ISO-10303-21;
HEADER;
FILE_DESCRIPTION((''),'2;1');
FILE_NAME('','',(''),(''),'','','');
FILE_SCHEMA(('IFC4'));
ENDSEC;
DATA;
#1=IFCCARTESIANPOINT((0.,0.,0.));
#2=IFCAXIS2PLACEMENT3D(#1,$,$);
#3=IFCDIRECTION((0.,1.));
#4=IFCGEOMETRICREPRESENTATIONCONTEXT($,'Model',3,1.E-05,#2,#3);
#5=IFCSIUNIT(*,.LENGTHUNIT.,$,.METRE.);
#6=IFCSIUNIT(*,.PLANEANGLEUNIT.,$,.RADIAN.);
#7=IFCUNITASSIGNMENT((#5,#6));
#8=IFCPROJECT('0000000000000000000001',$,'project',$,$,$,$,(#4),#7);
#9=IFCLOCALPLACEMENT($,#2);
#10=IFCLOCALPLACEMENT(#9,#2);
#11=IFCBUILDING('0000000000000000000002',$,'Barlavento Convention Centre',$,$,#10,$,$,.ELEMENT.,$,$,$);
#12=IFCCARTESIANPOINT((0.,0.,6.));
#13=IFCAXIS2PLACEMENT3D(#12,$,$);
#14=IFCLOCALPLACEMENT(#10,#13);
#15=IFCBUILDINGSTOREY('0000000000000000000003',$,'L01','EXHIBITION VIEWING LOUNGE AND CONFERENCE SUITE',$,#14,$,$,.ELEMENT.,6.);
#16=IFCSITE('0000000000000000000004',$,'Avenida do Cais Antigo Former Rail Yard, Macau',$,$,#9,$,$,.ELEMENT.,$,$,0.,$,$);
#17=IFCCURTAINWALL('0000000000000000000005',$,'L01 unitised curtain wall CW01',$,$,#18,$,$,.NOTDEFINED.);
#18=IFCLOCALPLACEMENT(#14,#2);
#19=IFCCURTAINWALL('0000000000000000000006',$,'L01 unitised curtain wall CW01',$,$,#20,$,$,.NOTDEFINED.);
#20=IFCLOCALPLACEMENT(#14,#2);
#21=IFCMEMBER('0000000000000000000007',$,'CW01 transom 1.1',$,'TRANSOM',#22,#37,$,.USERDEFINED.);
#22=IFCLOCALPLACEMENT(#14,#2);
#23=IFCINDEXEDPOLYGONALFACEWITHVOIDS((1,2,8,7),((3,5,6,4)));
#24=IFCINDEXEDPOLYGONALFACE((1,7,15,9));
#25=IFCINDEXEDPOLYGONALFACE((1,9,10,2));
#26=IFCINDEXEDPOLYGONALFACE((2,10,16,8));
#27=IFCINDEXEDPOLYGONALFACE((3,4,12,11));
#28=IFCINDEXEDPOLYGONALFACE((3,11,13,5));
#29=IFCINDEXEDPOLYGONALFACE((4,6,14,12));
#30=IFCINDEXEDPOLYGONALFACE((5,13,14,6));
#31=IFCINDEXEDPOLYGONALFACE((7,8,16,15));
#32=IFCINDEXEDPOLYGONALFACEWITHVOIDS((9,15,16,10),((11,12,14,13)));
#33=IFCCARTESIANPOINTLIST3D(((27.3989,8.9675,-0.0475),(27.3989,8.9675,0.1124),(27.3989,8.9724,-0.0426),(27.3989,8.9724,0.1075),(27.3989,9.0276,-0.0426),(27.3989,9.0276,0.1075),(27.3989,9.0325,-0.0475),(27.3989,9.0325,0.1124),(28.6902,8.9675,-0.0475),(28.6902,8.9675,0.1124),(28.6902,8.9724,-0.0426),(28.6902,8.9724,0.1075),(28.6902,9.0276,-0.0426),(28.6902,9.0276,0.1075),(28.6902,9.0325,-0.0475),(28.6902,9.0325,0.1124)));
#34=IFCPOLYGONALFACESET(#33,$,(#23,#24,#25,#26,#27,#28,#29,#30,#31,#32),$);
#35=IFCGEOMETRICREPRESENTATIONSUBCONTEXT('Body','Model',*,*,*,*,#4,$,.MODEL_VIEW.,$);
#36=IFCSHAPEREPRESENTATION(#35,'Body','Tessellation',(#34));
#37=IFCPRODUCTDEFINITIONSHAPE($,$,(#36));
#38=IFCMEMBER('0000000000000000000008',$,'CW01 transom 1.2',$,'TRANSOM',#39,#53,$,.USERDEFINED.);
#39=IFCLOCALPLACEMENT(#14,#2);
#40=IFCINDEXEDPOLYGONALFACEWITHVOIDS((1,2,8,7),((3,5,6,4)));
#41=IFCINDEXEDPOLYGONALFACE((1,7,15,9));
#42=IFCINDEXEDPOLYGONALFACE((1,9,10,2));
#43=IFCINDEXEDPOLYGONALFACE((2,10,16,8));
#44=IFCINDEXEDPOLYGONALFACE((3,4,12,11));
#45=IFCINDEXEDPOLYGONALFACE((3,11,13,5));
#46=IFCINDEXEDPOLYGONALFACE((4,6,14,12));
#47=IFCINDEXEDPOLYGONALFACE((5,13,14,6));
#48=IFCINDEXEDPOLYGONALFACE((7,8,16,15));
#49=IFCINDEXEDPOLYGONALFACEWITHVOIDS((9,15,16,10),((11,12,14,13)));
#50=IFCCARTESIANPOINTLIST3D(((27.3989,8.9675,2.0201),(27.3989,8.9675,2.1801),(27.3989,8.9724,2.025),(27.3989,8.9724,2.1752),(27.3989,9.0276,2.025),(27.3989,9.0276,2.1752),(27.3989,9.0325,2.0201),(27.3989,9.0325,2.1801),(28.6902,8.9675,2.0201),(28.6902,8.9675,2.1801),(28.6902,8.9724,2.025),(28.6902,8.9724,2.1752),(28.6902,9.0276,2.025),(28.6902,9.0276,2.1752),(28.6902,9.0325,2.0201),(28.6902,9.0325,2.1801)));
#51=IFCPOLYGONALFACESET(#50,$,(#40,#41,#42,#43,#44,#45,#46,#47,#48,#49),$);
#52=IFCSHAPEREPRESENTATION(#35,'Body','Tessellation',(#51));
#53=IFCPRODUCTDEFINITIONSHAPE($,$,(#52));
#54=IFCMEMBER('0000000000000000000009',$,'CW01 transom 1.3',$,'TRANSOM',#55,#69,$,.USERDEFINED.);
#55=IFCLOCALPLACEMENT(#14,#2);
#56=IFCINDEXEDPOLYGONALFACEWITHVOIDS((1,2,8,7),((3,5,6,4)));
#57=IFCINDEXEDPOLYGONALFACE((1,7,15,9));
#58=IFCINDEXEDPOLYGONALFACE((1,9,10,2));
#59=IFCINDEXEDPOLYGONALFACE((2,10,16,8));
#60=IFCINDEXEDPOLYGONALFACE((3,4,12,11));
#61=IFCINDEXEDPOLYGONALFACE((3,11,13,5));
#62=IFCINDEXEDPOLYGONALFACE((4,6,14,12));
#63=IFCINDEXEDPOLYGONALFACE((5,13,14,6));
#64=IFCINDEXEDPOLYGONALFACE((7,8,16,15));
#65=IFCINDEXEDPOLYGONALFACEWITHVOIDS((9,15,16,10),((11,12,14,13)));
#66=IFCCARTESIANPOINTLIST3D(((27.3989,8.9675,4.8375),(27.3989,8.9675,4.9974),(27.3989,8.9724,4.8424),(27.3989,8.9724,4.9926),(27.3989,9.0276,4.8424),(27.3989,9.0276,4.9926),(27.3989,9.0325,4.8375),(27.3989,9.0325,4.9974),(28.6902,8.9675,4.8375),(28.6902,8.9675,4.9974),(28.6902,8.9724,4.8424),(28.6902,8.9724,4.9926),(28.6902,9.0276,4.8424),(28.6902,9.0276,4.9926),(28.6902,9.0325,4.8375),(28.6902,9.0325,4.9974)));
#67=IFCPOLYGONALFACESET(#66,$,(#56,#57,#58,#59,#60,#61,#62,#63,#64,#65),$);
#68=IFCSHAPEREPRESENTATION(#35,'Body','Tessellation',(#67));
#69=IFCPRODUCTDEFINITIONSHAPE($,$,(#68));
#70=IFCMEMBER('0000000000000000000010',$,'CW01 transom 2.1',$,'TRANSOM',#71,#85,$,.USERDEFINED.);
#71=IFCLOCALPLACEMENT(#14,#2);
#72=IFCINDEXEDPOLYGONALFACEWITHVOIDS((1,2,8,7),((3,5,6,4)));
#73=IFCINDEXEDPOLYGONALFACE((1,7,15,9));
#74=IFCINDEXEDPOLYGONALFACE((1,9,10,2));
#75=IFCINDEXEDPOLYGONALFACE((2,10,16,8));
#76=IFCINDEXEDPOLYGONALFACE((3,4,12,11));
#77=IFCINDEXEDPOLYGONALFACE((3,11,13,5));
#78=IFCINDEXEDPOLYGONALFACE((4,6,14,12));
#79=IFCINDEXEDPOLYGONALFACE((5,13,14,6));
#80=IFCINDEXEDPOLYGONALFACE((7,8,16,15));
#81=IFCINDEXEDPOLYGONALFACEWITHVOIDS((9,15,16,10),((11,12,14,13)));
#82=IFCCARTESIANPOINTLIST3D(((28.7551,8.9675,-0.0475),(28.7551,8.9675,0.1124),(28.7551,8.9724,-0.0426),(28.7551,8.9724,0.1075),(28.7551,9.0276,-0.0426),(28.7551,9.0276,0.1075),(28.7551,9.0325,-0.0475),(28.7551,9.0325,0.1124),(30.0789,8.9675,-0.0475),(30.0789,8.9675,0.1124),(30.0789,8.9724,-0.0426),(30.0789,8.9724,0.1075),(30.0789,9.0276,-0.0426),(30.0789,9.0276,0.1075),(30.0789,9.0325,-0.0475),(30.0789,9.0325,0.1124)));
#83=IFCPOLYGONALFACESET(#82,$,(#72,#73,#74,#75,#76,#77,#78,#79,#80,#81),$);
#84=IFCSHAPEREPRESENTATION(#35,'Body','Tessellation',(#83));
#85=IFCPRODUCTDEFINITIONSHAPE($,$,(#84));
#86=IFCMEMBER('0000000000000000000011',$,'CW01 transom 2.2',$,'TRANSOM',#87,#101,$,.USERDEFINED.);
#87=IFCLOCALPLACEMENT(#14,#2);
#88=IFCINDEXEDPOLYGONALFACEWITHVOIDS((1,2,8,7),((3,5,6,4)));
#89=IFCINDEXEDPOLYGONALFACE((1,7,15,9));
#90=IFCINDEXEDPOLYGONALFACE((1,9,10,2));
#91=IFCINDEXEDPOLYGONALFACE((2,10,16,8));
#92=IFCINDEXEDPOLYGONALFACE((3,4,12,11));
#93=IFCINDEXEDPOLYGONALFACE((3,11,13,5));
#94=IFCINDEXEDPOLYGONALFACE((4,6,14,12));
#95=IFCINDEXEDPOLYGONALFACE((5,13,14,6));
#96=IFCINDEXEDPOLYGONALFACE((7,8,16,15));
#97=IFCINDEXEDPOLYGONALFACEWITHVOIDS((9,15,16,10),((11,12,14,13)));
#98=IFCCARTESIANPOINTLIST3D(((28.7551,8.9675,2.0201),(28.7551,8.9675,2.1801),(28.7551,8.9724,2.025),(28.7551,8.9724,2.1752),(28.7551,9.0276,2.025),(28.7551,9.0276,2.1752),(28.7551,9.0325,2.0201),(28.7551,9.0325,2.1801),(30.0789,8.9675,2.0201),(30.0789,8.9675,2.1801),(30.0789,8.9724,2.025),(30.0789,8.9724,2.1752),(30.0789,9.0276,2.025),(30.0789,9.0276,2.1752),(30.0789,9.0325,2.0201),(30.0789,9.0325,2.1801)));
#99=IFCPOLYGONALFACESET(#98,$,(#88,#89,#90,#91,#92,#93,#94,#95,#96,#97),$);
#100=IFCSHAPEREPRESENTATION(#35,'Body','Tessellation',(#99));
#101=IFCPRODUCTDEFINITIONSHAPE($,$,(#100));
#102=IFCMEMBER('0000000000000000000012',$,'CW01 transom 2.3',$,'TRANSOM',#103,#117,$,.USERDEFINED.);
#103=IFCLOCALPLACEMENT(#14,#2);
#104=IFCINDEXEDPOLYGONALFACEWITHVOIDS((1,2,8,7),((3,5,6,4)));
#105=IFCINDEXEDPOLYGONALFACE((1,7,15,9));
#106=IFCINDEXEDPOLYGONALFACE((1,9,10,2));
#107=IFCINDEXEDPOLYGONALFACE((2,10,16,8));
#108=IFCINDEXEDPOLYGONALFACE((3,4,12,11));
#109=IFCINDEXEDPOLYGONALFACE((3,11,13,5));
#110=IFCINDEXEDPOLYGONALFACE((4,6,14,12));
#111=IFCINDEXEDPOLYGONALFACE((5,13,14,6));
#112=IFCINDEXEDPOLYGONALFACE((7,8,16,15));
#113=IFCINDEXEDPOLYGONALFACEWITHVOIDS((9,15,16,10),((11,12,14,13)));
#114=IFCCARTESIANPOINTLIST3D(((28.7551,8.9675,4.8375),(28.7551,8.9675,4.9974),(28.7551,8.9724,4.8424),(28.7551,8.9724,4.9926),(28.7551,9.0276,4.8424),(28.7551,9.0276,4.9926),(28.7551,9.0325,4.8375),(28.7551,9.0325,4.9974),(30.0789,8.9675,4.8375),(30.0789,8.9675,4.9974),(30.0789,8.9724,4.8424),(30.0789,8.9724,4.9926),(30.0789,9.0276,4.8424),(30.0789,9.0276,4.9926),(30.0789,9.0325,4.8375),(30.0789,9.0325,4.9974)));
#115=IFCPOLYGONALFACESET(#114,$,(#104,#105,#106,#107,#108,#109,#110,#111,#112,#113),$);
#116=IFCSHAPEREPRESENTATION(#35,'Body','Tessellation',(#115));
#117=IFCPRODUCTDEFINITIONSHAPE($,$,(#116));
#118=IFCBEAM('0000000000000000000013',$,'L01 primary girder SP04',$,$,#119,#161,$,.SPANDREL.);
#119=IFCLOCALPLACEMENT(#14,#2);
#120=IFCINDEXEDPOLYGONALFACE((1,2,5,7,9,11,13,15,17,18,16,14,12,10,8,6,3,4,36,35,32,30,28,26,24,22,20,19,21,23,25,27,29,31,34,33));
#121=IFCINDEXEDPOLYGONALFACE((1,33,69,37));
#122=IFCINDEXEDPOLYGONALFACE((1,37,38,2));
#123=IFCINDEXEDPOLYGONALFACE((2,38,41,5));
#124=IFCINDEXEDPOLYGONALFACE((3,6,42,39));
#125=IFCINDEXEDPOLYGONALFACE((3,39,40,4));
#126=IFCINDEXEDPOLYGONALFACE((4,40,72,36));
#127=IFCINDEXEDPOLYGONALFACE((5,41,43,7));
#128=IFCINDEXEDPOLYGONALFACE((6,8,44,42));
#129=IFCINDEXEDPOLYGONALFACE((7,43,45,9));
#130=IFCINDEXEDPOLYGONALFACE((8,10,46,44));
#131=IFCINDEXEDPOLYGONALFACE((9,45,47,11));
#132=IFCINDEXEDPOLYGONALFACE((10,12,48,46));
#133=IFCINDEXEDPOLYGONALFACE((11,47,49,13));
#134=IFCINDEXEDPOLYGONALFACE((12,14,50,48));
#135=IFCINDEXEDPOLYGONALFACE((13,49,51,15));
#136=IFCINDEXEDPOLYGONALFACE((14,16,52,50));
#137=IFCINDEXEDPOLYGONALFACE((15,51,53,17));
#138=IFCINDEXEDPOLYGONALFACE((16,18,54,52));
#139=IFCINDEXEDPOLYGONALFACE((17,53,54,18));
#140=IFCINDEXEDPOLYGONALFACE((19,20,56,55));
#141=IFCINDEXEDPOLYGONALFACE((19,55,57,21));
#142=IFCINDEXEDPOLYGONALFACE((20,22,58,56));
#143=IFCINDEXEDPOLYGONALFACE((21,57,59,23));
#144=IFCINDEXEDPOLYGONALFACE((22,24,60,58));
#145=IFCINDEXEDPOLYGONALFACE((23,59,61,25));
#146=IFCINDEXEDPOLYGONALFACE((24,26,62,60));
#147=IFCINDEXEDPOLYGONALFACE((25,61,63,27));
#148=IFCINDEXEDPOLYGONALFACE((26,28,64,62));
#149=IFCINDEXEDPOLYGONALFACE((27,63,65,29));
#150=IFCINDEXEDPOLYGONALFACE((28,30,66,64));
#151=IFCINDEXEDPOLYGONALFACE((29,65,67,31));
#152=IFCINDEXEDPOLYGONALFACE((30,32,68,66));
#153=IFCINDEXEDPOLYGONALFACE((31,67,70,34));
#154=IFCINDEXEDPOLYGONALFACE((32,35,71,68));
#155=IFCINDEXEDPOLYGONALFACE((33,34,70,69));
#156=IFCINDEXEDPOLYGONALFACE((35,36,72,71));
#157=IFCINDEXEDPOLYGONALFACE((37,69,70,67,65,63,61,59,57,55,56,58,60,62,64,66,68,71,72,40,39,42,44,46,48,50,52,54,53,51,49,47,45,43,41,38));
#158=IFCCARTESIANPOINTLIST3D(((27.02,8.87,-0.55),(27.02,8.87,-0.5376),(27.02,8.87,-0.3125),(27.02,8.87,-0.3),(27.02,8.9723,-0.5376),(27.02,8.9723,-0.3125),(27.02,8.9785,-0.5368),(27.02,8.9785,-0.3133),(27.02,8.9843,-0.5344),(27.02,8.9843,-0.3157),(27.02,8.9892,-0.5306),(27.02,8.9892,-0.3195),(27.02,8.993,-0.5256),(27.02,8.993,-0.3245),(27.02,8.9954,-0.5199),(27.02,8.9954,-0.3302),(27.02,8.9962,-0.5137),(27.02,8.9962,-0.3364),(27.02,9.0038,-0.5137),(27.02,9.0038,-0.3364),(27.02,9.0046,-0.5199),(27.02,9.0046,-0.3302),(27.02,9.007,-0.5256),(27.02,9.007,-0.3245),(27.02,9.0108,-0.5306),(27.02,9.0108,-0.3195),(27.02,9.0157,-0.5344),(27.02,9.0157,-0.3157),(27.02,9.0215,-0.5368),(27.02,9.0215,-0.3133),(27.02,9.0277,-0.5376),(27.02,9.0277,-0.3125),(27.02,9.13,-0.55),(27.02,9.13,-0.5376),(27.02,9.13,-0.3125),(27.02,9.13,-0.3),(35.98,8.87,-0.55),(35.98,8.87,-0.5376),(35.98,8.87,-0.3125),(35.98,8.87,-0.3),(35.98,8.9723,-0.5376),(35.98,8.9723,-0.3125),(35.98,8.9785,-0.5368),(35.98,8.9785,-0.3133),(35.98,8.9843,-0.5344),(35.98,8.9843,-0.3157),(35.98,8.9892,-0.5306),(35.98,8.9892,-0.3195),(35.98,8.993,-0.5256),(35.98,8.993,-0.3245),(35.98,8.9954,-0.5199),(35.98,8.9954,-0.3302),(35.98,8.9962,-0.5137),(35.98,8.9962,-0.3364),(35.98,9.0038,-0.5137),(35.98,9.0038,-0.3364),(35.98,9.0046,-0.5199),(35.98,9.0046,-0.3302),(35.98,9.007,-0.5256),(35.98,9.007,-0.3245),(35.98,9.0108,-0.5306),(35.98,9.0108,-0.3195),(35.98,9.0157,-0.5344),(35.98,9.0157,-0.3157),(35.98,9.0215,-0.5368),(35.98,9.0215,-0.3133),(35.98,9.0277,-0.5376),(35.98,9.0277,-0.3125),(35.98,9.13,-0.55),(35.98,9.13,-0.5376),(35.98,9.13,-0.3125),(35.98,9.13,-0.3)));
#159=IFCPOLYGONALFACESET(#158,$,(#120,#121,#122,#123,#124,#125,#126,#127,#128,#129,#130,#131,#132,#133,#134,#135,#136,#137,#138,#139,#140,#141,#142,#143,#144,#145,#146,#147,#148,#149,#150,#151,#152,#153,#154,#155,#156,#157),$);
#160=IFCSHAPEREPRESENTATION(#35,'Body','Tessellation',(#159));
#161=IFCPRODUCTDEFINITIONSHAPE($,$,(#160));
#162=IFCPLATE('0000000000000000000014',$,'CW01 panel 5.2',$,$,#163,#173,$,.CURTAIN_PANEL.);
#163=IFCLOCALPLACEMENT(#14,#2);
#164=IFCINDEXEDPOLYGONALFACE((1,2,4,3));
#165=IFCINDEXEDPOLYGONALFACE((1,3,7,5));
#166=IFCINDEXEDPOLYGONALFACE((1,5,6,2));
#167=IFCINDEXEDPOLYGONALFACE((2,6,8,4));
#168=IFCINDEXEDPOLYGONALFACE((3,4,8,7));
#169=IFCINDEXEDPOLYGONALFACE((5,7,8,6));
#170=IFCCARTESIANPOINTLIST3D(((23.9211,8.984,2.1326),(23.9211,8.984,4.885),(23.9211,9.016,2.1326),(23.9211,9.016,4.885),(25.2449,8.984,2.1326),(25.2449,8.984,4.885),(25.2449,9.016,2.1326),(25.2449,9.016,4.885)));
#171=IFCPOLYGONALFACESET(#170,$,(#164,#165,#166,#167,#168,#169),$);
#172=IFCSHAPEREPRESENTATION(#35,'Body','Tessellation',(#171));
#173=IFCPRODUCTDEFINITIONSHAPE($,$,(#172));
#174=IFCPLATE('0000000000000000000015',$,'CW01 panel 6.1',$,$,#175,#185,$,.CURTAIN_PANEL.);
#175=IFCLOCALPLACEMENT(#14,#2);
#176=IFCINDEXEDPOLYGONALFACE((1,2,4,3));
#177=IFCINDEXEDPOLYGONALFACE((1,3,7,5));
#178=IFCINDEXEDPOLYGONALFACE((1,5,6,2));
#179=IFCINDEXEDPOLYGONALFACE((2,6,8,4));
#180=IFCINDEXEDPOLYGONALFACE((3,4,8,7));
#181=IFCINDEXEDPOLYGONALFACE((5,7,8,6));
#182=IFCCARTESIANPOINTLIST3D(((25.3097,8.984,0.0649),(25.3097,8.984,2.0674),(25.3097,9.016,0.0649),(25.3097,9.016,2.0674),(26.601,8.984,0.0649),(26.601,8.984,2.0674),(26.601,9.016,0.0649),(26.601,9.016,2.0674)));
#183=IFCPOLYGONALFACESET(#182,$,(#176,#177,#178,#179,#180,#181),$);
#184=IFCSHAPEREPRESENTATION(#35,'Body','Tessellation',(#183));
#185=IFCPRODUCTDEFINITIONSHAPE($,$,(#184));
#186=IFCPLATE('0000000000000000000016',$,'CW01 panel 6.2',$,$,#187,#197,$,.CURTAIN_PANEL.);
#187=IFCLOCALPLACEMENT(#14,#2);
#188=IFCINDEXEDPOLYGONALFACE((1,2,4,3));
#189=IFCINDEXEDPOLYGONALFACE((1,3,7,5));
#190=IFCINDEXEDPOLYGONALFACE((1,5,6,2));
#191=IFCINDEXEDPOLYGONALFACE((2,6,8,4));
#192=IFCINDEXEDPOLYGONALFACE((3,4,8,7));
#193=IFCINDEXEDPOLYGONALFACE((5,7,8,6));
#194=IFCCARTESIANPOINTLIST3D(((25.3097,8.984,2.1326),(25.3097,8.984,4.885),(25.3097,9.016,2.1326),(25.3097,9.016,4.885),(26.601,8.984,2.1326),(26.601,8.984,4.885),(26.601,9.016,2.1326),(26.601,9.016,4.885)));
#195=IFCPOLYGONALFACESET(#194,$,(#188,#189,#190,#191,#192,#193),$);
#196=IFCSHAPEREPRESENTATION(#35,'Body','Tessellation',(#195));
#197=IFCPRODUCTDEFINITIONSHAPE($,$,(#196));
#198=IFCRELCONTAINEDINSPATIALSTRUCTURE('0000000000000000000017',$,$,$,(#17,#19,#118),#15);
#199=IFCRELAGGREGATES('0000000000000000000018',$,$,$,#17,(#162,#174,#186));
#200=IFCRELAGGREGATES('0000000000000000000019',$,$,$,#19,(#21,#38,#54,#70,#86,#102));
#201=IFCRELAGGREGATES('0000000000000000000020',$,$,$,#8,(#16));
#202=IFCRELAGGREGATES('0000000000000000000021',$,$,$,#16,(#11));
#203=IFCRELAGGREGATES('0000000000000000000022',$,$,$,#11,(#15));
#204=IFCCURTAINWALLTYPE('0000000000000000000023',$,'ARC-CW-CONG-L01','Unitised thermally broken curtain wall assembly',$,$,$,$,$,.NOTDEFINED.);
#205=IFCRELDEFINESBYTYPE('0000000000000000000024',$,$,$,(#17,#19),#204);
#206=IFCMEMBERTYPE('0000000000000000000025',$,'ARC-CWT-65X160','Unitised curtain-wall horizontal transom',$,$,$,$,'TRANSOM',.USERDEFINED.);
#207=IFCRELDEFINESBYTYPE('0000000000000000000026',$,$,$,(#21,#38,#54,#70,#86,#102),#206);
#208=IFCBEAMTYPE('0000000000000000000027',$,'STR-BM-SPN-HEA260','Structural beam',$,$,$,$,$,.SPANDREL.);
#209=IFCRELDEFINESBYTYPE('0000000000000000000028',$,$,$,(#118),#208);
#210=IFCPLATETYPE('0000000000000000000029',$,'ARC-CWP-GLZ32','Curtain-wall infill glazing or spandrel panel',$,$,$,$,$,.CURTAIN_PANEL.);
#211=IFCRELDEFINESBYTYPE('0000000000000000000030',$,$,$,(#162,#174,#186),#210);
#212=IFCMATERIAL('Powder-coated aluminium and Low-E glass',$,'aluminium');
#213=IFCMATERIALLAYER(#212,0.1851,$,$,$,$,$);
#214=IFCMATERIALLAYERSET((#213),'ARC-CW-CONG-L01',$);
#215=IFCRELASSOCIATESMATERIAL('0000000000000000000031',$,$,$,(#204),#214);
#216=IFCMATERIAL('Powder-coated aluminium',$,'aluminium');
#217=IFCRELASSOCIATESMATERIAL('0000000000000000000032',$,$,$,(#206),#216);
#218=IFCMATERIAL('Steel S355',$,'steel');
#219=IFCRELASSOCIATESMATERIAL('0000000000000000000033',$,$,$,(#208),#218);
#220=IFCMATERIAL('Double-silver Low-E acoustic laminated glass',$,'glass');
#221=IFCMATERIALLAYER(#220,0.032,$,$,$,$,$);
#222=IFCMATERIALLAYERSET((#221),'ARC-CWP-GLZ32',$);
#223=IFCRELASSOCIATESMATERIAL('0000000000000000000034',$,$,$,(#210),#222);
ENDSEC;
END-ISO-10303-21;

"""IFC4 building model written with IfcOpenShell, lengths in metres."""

from ifc_helpers import new_model, si_unit, direction, frame, origin, origin_2d, place, context, subcontext, project, spatial, rectangle, hollow_rectangle, i_section, extrude, material, layer, layer_set, material_profile, profile_set, type_object, element, aggregate, save


model = new_model("IFC4")

# Units and contexts
model_context = context("Model", 3, precision=1e-05, world=origin(), true_north=direction((0.0, 1.0)))
body_context = subcontext(model_context, "Body", "Model", "MODEL_VIEW")
ifc_project = project(units=[si_unit("LENGTHUNIT", "METRE"), si_unit("PLANEANGLEUNIT", "RADIAN")], contexts=[model_context])

# Site, building, storey
site_placement = place(None, origin())
site = spatial("IfcSite", under=ifc_project, at=site_placement, Name="Avenida do Cais Antigo Former Rail Yard, Macau", CompositionType="ELEMENT", RefElevation=0.0)
building_placement = place(site_placement, origin())
building = spatial("IfcBuilding", under=site, at=building_placement, Name="Barlavento Convention Centre", CompositionType="ELEMENT")
storey_placement = place(building_placement, frame((0.0, 0.0, 6.0)))
storey = spatial("IfcBuildingStorey", under=building, at=storey_placement, Name="L01", Description="EXHIBITION VIEWING LOUNGE AND CONFERENCE SUITE", CompositionType="ELEMENT", Elevation=6.0)

# Curtain walls
ifc_material_1 = material(Name="Powder-coated aluminium and Low-E glass", Category="aluminium")
ifc_layer_1 = layer(ifc_material_1, 0.1851)
ifc_layer_set_1 = layer_set([ifc_layer_1], Name="ARC-CW-CONG-L01")
curtain_wall_type = type_object("IfcCurtainWallType", Name="ARC-CW-CONG-L01", Description="Unitised thermally broken curtain wall assembly", PredefinedType="NOTDEFINED", material=ifc_layer_set_1)
curtain_wall_1_placement = place(storey_placement, origin())
curtain_wall_1 = element("IfcCurtainWall", 1, at=curtain_wall_1_placement, inside=storey, type_object=curtain_wall_type, Name="L01 unitised curtain wall CW01", PredefinedType="NOTDEFINED")
ifc_material_2 = material(Name="Powder-coated aluminium", Category="aluminium")
curtain_wall_2_placement = place(storey_placement, origin())
curtain_wall_2 = element("IfcCurtainWall", 2, at=curtain_wall_2_placement, inside=storey, type_object=curtain_wall_type, Name="L01 unitised curtain wall CW01", PredefinedType="NOTDEFINED")

# Members
ifc_material_profile_1 = material_profile(ifc_material_2, hollow_rectangle(XDim=0.0649, YDim=0.1599, WallThickness=0.0049, at=origin_2d()), Name="AL-TRAN 65x160x5")
ifc_profile_set_1 = profile_set([ifc_material_profile_1], Name="Powder-coated aluminium")
member_type_1 = type_object("IfcMemberType", Name="ARC-CWT-65X160", Description="Unitised curtain-wall horizontal transom", ElementType="TRANSOM", PredefinedType="USERDEFINED", material=ifc_profile_set_1)
member_1_placement = place(storey_placement, frame((27.3989, 9.0, 0.0325), z_axis=(1.0, 0.0, 0.0), x_axis=(0.0, 1.0, 0.0)))
member_1 = element("IfcMember", 3, at=member_1_placement, type_object=member_type_1, Name="CW01 transom 1.1", ObjectType="TRANSOM", PredefinedType="USERDEFINED", context=body_context, shape_type="SweptSolid", body=[
    extrude(hollow_rectangle(XDim=0.0649, YDim=0.1599, WallThickness=0.0049, at=origin_2d()), origin(), (0.0, 0.0, 1.0), 1.2913),
])
member_2_placement = place(storey_placement, frame((27.3989, 9.0, 2.1001), z_axis=(1.0, 0.0, 0.0), x_axis=(0.0, 1.0, 0.0)))
member_2 = element("IfcMember", 4, at=member_2_placement, type_object=member_type_1, Name="CW01 transom 1.2", ObjectType="TRANSOM", PredefinedType="USERDEFINED", context=body_context, shape_type="SweptSolid", body=[
    extrude(hollow_rectangle(XDim=0.0649, YDim=0.1599, WallThickness=0.0049, at=origin_2d()), origin(), (0.0, 0.0, 1.0), 1.2913),
])
member_3_placement = place(storey_placement, frame((27.3989, 9.0, 4.9175), z_axis=(1.0, 0.0, 0.0), x_axis=(0.0, 1.0, 0.0)))
member_3 = element("IfcMember", 5, at=member_3_placement, type_object=member_type_1, Name="CW01 transom 1.3", ObjectType="TRANSOM", PredefinedType="USERDEFINED", context=body_context, shape_type="SweptSolid", body=[
    extrude(hollow_rectangle(XDim=0.0649, YDim=0.1599, WallThickness=0.0049, at=origin_2d()), origin(), (0.0, 0.0, 1.0), 1.2913),
])
member_4_placement = place(storey_placement, frame((28.7551, 9.0, 0.0325), z_axis=(1.0, 0.0, 0.0), x_axis=(0.0, 1.0, 0.0)))
member_4 = element("IfcMember", 6, at=member_4_placement, type_object=member_type_1, Name="CW01 transom 2.1", ObjectType="TRANSOM", PredefinedType="USERDEFINED", context=body_context, shape_type="SweptSolid", body=[
    extrude(hollow_rectangle(XDim=0.0649, YDim=0.1599, WallThickness=0.0049, at=origin_2d()), origin(), (0.0, 0.0, 1.0), 1.3237),
])
member_5_placement = place(storey_placement, frame((28.7551, 9.0, 2.1001), z_axis=(1.0, 0.0, 0.0), x_axis=(0.0, 1.0, 0.0)))
member_5 = element("IfcMember", 7, at=member_5_placement, type_object=member_type_1, Name="CW01 transom 2.2", ObjectType="TRANSOM", PredefinedType="USERDEFINED", context=body_context, shape_type="SweptSolid", body=[
    extrude(hollow_rectangle(XDim=0.0649, YDim=0.1599, WallThickness=0.0049, at=origin_2d()), origin(), (0.0, 0.0, 1.0), 1.3237),
])
member_6_placement = place(storey_placement, frame((28.7551, 9.0, 4.9175), z_axis=(1.0, 0.0, 0.0), x_axis=(0.0, 1.0, 0.0)))
member_6 = element("IfcMember", 8, at=member_6_placement, type_object=member_type_1, Name="CW01 transom 2.3", ObjectType="TRANSOM", PredefinedType="USERDEFINED", context=body_context, shape_type="SweptSolid", body=[
    extrude(hollow_rectangle(XDim=0.0649, YDim=0.1599, WallThickness=0.0049, at=origin_2d()), origin(), (0.0, 0.0, 1.0), 1.3237),
])

# Beam
ifc_material_3 = material(Name="Steel S355", Category="steel")
ifc_material_profile_2 = material_profile(ifc_material_3, i_section(OverallWidth=0.26, OverallDepth=0.25, WebThickness=0.0076, FlangeThickness=0.0125, FilletRadius=0.0239, at=origin_2d()), Name="HEA 260")
ifc_profile_set_2 = profile_set([ifc_material_profile_2], Name="Steel S355")
beam_type = type_object("IfcBeamType", Name="STR-BM-SPN-HEA260", Description="Structural beam", PredefinedType="SPANDREL", material=ifc_profile_set_2)
beam_placement = place(storey_placement, frame((27.02, 9.0, -0.425), z_axis=(1.0, 0.0, 0.0), x_axis=(0.0, 1.0, 0.0)))
element("IfcBeam", 9, at=beam_placement, inside=storey, type_object=beam_type, Name="L01 primary girder SP04", PredefinedType="SPANDREL", context=body_context, shape_type="SweptSolid", body=[
    extrude(i_section(OverallWidth=0.26, OverallDepth=0.25, WebThickness=0.0076, FlangeThickness=0.0125, FilletRadius=0.0239, at=origin_2d()), origin(), (0.0, 0.0, 1.0), 8.96),
])

# Plates
ifc_material_4 = material(Name="Double-silver Low-E acoustic laminated glass", Category="glass")
ifc_layer_2 = layer(ifc_material_4, 0.032)
ifc_layer_set_2 = layer_set([ifc_layer_2], Name="ARC-CWP-GLZ32")
plate_type_1 = type_object("IfcPlateType", Name="ARC-CWP-GLZ32", Description="Curtain-wall infill glazing or spandrel panel", PredefinedType="CURTAIN_PANEL", material=ifc_layer_set_2)
plate_1_placement = place(storey_placement, frame((24.583, 9.0, 2.1326), z_axis=(0.0, 0.0, 1.0), x_axis=(1.0, 0.0, 0.0)))
plate_1 = element("IfcPlate", 10, at=plate_1_placement, type_object=plate_type_1, Name="CW01 panel 5.2", PredefinedType="CURTAIN_PANEL", context=body_context, shape_type="SweptSolid", body=[
    extrude(rectangle(XDim=1.3237, YDim=0.032, at=origin_2d()), origin(), (0.0, 0.0, 1.0), 2.7524),
])
plate_2_placement = place(storey_placement, frame((25.9553, 9.0, 0.0649), z_axis=(0.0, 0.0, 1.0), x_axis=(1.0, 0.0, 0.0)))
plate_2 = element("IfcPlate", 11, at=plate_2_placement, type_object=plate_type_1, Name="CW01 panel 6.1", PredefinedType="CURTAIN_PANEL", context=body_context, shape_type="SweptSolid", body=[
    extrude(rectangle(XDim=1.2913, YDim=0.032, at=origin_2d()), origin(), (0.0, 0.0, 1.0), 2.0024),
])
plate_3_placement = place(storey_placement, frame((25.9553, 9.0, 2.1326), z_axis=(0.0, 0.0, 1.0), x_axis=(1.0, 0.0, 0.0)))
plate_3 = element("IfcPlate", 12, at=plate_3_placement, type_object=plate_type_1, Name="CW01 panel 6.2", PredefinedType="CURTAIN_PANEL", context=body_context, shape_type="SweptSolid", body=[
    extrude(rectangle(XDim=1.2913, YDim=0.032, at=origin_2d()), origin(), (0.0, 0.0, 1.0), 2.7524),
])
aggregate(curtain_wall_1, [plate_1, plate_2, plate_3])
aggregate(curtain_wall_2, [member_1, member_2, member_3, member_4, member_5, member_6])

save(model, "model.ifc")
